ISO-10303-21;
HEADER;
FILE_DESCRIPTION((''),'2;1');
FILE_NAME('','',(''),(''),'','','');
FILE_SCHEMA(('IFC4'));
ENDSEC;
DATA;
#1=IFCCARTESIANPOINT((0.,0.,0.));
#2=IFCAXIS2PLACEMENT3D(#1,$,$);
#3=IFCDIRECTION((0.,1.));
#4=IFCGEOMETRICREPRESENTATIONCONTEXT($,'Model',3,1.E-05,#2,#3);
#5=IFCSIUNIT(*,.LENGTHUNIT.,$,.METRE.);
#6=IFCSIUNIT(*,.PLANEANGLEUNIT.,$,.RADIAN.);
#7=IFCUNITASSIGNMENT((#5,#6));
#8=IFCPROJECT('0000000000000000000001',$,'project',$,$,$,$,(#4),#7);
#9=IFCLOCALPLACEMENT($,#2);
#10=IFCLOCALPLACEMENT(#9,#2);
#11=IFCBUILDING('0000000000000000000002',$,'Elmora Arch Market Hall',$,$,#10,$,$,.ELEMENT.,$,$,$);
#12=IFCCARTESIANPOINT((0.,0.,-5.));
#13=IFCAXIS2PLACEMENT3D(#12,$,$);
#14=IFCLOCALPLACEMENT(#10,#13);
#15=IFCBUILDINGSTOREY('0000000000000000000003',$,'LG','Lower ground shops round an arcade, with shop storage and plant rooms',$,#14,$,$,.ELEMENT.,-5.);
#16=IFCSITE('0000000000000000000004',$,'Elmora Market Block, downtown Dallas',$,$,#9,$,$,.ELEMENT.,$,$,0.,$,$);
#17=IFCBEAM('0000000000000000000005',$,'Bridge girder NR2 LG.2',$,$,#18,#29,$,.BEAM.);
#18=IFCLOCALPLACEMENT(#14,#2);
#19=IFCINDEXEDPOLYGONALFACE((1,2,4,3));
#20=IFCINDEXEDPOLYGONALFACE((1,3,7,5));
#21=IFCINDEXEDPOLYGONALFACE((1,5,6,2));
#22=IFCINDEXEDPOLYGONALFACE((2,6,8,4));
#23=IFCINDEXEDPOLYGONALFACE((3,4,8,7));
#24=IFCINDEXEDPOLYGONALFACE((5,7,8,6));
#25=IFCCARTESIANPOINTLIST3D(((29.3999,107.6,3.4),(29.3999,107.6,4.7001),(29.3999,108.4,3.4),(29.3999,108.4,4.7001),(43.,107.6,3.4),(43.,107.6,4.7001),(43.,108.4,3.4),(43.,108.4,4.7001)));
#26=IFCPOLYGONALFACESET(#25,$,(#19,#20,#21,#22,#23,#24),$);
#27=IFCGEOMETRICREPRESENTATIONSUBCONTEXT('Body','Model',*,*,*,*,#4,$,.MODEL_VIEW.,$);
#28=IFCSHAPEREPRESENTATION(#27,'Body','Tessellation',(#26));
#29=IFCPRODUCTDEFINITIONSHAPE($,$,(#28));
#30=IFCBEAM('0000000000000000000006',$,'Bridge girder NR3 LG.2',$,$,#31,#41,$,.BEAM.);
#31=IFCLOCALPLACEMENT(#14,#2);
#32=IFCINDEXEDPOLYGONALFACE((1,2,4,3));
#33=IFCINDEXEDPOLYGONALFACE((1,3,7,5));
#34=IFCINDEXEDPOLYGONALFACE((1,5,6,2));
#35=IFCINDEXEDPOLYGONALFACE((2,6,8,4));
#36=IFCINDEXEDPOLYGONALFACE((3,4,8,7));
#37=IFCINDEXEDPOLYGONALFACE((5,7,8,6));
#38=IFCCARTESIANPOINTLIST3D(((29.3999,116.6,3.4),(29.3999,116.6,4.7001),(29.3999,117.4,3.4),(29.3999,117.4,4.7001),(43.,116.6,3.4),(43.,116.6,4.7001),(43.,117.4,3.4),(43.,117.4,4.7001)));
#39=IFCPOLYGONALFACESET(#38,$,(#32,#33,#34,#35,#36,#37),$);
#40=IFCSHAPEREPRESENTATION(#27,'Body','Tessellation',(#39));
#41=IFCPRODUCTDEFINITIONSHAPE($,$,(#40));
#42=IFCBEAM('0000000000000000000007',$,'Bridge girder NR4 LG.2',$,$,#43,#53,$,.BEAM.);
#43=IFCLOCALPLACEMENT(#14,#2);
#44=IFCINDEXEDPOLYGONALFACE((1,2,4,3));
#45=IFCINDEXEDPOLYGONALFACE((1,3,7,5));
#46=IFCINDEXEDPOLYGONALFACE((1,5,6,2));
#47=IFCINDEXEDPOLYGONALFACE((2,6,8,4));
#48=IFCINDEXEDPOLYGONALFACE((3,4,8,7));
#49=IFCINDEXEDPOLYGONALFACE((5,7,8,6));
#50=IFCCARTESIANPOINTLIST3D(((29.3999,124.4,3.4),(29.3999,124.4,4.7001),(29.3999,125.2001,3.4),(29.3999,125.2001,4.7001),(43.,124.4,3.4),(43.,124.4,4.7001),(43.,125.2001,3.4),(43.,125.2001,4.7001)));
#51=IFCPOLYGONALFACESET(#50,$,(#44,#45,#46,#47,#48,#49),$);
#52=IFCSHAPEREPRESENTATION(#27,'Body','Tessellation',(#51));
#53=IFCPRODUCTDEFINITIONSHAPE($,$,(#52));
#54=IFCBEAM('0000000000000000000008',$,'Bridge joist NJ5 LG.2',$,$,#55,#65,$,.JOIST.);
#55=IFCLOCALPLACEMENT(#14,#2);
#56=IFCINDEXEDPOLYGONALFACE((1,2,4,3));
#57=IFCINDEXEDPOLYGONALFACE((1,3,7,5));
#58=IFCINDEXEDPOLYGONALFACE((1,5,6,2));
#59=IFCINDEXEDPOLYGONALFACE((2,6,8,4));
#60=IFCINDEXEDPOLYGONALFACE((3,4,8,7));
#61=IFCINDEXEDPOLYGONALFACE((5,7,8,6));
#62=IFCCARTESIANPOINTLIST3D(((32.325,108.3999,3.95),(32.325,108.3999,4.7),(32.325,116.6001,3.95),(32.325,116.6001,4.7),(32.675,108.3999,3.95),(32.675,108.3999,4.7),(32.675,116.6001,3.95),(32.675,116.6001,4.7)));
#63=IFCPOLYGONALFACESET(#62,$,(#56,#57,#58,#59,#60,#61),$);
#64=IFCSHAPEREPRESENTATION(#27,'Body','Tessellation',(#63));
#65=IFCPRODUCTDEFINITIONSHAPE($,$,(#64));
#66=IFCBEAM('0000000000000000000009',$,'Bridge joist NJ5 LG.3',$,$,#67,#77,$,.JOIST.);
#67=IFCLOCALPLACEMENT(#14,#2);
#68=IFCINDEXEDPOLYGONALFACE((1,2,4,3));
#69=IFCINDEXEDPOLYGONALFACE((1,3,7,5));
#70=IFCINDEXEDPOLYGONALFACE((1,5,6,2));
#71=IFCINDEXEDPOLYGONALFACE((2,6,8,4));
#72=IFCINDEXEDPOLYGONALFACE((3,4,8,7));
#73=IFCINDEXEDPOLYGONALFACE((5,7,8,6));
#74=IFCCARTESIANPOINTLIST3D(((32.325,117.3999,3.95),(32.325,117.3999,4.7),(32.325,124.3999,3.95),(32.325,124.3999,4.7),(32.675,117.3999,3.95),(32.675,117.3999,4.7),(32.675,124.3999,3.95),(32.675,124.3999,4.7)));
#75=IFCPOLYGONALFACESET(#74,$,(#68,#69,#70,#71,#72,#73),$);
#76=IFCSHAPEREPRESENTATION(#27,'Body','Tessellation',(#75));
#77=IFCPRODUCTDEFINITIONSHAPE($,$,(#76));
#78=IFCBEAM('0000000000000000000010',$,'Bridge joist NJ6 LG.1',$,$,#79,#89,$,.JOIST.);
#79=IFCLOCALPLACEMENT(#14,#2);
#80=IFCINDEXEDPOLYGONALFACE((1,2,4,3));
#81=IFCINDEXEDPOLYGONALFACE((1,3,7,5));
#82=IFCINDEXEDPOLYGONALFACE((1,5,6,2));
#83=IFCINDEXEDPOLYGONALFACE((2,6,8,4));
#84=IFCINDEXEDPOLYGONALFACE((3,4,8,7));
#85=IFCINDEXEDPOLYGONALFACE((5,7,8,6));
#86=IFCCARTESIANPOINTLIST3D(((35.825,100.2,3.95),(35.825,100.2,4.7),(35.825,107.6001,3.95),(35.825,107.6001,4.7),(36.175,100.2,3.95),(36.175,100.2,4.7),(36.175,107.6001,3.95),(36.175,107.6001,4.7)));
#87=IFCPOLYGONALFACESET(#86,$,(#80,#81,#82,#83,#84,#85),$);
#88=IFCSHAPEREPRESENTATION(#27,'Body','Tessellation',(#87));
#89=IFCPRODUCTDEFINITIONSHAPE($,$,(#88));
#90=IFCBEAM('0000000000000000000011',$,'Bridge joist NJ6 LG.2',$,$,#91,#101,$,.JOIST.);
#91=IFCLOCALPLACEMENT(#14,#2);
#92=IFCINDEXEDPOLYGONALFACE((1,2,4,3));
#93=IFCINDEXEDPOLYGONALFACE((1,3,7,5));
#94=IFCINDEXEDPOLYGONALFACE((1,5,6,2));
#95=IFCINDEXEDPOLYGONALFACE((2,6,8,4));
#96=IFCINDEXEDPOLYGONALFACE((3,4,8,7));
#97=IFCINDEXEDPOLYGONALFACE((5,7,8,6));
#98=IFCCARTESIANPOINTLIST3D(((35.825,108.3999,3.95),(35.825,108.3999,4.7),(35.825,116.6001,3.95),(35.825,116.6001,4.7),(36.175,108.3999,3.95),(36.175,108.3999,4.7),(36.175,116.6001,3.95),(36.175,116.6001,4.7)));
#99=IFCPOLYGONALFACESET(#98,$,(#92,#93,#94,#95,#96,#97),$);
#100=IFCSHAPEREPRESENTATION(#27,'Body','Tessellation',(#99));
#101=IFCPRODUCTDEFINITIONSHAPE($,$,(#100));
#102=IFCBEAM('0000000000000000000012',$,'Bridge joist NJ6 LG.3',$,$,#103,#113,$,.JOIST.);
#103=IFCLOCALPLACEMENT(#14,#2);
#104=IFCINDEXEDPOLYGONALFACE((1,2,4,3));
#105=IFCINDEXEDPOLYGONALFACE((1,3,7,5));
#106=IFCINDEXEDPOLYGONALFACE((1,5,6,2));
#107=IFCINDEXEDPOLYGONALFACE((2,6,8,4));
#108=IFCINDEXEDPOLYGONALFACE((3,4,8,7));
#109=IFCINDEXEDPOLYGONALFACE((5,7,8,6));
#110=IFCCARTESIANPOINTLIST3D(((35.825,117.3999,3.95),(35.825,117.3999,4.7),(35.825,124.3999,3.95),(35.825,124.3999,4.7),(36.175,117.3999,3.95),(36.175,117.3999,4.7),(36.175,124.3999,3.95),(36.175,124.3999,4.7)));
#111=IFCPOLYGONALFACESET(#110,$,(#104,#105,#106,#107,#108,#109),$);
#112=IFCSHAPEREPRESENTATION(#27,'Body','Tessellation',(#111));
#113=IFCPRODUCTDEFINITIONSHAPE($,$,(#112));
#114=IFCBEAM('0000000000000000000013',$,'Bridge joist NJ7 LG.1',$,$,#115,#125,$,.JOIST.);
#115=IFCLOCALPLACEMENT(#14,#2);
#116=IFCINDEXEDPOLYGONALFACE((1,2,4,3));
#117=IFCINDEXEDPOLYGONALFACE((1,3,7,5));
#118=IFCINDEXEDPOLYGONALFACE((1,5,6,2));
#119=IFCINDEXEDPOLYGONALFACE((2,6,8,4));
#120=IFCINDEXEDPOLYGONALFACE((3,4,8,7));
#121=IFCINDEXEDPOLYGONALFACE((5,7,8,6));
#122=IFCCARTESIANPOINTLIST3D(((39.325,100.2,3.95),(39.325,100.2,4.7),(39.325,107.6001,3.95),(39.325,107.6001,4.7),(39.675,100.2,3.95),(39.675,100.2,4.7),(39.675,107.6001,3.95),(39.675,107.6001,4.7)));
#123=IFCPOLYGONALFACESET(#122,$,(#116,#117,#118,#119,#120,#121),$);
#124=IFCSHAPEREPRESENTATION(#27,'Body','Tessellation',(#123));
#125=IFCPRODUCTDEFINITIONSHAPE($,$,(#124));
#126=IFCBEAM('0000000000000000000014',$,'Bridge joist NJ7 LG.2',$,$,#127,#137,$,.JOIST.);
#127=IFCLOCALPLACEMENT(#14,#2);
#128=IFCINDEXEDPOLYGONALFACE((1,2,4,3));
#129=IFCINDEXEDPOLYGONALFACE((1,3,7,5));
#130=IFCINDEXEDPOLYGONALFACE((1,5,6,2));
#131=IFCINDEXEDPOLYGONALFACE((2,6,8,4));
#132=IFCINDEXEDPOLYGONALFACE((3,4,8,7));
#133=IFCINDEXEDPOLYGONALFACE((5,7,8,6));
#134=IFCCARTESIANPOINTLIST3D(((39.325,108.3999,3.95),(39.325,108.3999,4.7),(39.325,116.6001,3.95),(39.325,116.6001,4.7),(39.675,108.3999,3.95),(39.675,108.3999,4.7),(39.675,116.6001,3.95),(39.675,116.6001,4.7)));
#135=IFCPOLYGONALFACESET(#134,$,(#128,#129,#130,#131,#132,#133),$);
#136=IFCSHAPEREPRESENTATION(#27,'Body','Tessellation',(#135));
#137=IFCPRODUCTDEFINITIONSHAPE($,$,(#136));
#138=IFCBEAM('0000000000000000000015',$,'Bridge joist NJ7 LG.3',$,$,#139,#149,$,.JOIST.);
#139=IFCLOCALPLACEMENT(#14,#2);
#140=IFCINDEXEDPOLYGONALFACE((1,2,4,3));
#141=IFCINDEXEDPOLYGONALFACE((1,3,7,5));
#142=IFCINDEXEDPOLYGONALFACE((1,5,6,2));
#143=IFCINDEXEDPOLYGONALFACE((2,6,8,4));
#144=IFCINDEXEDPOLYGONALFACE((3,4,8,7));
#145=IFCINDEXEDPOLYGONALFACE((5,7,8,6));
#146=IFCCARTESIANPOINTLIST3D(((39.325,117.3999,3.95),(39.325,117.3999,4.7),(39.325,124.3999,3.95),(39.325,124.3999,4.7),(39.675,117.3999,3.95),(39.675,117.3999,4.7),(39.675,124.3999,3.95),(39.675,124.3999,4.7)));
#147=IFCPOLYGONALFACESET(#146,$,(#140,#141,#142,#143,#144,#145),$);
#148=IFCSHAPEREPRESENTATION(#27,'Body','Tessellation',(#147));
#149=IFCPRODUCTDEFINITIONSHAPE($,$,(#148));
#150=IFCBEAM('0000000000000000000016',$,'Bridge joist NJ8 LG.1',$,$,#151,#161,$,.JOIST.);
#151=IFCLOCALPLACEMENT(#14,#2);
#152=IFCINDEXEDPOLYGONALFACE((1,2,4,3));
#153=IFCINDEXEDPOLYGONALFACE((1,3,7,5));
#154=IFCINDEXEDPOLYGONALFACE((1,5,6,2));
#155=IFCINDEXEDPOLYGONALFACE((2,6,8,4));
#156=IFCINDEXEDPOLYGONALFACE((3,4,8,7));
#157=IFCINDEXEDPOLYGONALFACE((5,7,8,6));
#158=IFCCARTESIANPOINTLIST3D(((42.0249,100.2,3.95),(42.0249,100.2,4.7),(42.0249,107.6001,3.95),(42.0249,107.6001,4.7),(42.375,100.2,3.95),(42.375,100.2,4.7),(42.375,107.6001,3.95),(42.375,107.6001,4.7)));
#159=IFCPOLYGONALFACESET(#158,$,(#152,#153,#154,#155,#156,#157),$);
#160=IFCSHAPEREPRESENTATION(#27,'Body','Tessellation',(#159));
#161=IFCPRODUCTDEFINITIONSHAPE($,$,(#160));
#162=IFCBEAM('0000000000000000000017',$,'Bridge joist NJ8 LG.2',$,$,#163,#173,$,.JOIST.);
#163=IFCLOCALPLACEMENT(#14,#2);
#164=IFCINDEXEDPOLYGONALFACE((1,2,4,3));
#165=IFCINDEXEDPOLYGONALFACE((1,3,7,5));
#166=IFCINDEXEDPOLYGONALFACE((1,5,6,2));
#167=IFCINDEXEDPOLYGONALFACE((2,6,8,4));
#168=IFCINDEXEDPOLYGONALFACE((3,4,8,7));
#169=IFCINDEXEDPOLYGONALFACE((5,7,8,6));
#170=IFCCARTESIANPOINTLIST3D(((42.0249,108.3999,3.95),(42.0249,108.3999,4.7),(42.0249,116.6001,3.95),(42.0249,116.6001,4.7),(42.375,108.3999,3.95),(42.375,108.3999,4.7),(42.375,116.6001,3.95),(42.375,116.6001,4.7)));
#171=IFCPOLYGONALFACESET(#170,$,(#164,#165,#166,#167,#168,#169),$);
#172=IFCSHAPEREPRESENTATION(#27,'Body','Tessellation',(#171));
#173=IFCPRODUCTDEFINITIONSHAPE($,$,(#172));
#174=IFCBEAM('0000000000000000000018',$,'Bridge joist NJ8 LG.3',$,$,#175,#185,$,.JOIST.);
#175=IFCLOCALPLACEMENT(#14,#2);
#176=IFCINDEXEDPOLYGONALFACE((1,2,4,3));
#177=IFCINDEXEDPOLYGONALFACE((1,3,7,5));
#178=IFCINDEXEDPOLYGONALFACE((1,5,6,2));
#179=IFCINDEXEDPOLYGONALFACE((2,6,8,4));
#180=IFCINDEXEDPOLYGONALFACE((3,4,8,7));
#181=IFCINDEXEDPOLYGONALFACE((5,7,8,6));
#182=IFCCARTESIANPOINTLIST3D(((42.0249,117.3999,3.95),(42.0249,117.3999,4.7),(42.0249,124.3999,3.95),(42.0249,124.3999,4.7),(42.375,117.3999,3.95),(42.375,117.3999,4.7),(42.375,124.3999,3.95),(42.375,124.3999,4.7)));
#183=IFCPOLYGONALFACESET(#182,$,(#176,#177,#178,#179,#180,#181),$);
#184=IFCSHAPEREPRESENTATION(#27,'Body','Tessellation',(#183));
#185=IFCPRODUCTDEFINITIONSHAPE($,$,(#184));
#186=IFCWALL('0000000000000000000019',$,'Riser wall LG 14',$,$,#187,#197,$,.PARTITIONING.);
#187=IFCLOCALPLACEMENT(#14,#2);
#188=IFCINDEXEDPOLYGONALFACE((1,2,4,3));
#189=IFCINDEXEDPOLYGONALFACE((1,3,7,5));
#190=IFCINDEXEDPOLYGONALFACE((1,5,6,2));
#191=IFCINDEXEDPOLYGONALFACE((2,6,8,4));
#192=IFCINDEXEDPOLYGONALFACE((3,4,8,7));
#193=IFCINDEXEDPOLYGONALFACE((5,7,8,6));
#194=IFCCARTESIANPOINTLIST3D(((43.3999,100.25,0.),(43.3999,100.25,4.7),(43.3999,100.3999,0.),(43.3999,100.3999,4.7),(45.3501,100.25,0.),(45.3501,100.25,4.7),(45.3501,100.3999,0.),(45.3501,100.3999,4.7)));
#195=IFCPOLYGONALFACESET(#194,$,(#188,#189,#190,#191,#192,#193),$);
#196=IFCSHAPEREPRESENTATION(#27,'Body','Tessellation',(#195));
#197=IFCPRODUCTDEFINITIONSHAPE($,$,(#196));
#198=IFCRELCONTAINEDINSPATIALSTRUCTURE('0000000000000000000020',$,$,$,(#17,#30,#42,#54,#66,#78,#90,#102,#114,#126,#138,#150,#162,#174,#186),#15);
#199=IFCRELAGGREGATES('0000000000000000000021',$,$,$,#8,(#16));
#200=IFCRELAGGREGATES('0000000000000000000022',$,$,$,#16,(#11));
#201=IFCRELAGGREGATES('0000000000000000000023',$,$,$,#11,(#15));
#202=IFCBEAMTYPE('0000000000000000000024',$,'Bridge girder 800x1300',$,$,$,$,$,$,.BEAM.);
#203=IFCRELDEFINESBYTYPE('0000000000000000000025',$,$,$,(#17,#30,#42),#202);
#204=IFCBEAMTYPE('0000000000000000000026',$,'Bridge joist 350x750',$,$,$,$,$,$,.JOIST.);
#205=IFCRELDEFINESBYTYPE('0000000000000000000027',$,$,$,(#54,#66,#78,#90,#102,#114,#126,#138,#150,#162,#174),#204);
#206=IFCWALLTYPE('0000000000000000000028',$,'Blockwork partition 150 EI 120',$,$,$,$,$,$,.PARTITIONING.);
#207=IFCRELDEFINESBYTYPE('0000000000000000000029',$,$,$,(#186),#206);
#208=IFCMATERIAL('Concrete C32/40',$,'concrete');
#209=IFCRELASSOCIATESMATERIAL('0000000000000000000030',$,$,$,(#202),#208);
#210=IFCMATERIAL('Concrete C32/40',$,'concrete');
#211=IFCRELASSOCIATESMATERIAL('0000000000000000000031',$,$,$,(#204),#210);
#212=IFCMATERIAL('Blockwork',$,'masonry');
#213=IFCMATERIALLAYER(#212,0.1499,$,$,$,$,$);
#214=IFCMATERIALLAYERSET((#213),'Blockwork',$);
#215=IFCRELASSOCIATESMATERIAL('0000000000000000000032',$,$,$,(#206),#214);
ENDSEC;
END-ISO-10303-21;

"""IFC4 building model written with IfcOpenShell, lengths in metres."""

from ifc_helpers import new_model, si_unit, direction, frame, frame_2d, origin, origin_2d, place, context, subcontext, project, spatial, rectangle, extrude, material, layer, layer_set, material_profile, profile_set, type_object, element, save


model = new_model("IFC4")

# Units and contexts
model_context = context("Model", 3, precision=1e-05, world=origin(), true_north=direction((0.0, 1.0)))
body_context = subcontext(model_context, "Body", "Model", "MODEL_VIEW")
ifc_project = project(units=[si_unit("LENGTHUNIT", "METRE"), si_unit("PLANEANGLEUNIT", "RADIAN")], contexts=[model_context])

# Site, building, storey
site_placement = place(None, origin())
site = spatial("IfcSite", under=ifc_project, at=site_placement, Name="Elmora Market Block, downtown Dallas", CompositionType="ELEMENT", RefElevation=0.0)
building_placement = place(site_placement, origin())
building = spatial("IfcBuilding", under=site, at=building_placement, Name="Elmora Arch Market Hall", CompositionType="ELEMENT")
storey_placement = place(building_placement, frame((0.0, 0.0, -5.0)))
storey = spatial("IfcBuildingStorey", under=building, at=storey_placement, Name="LG", Description="Lower ground shops round an arcade, with shop storage and plant rooms", CompositionType="ELEMENT", Elevation=-5.0)

# Beams
ifc_material_1 = material(Name="Concrete C32/40", Category="concrete")
ifc_material_profile_1 = material_profile(ifc_material_1, rectangle(XDim=0.8, YDim=1.3, at=origin_2d()), Name="Bridge girder 800x1300")
ifc_profile_set_1 = profile_set([ifc_material_profile_1], Name="Concrete C32/40")
beam_type_1 = type_object("IfcBeamType", Name="Bridge girder 800x1300", PredefinedType="BEAM", material=ifc_profile_set_1)
for number, where, z_axis, x_axis, name in (
    (1, (29.3999, 108.0, 4.05), (1.0, 0.0, 0.0), (0.0, 1.0, 0.0), "Bridge girder NR2 LG.2"),
    (2, (29.3999, 117.0, 4.05), (1.0, 0.0, 0.0), (0.0, 1.0, 0.0), "Bridge girder NR3 LG.2"),
    (3, (29.3999, 124.8, 4.05), (1.0, 0.0, 0.0), (0.0, 1.0, 0.0), "Bridge girder NR4 LG.2"),
):
    element("IfcBeam", number, at=place(storey_placement, frame(where, z_axis=z_axis, x_axis=x_axis)), inside=storey, type_object=beam_type_1, Name=name, PredefinedType="BEAM", context=body_context, shape_type="SweptSolid", body=[
        extrude(rectangle(XDim=0.8, YDim=1.3, at=origin_2d()), origin(), (0.0, 0.0, 1.0), 13.6001),
    ])
ifc_material_2 = material(Name="Concrete C32/40", Category="concrete")
ifc_material_profile_2 = material_profile(ifc_material_2, rectangle(XDim=0.3501, YDim=0.75, at=origin_2d()), Name="Bridge joist 350x750")
ifc_profile_set_2 = profile_set([ifc_material_profile_2], Name="Concrete C32/40")
beam_type_2 = type_object("IfcBeamType", Name="Bridge joist 350x750", PredefinedType="JOIST", material=ifc_profile_set_2)
beam_1_placement = place(storey_placement, frame((32.5, 108.3999, 4.325), z_axis=(0.0, 1.0, 0.0), x_axis=(-1.0, 0.0, 0.0)))
element("IfcBeam", 4, at=beam_1_placement, inside=storey, type_object=beam_type_2, Name="Bridge joist NJ5 LG.2", PredefinedType="JOIST", context=body_context, shape_type="SweptSolid", body=[
    extrude(rectangle(XDim=0.3501, YDim=0.75, at=origin_2d()), origin(), (0.0, 0.0, 1.0), 8.2002),
])
beam_2_placement = place(storey_placement, frame((32.5, 117.3999, 4.325), z_axis=(0.0, 1.0, 0.0), x_axis=(-1.0, 0.0, 0.0)))
element("IfcBeam", 5, at=beam_2_placement, inside=storey, type_object=beam_type_2, Name="Bridge joist NJ5 LG.3", PredefinedType="JOIST", context=body_context, shape_type="SweptSolid", body=[
    extrude(rectangle(XDim=0.3501, YDim=0.75, at=origin_2d()), origin(), (0.0, 0.0, 1.0), 7.0),
])
beam_3_placement = place(storey_placement, frame((36.0, 100.2, 4.325), z_axis=(0.0, 1.0, 0.0), x_axis=(-1.0, 0.0, 0.0)))
element("IfcBeam", 6, at=beam_3_placement, inside=storey, type_object=beam_type_2, Name="Bridge joist NJ6 LG.1", PredefinedType="JOIST", context=body_context, shape_type="SweptSolid", body=[
    extrude(rectangle(XDim=0.3501, YDim=0.75, at=origin_2d()), origin(), (0.0, 0.0, 1.0), 7.4001),
])
beam_4_placement = place(storey_placement, frame((36.0, 108.3999, 4.325), z_axis=(0.0, 1.0, 0.0), x_axis=(-1.0, 0.0, 0.0)))
element("IfcBeam", 7, at=beam_4_placement, inside=storey, type_object=beam_type_2, Name="Bridge joist NJ6 LG.2", PredefinedType="JOIST", context=body_context, shape_type="SweptSolid", body=[
    extrude(rectangle(XDim=0.3501, YDim=0.75, at=origin_2d()), origin(), (0.0, 0.0, 1.0), 8.2002),
])
beam_5_placement = place(storey_placement, frame((36.0, 117.3999, 4.325), z_axis=(0.0, 1.0, 0.0), x_axis=(-1.0, 0.0, 0.0)))
element("IfcBeam", 8, at=beam_5_placement, inside=storey, type_object=beam_type_2, Name="Bridge joist NJ6 LG.3", PredefinedType="JOIST", context=body_context, shape_type="SweptSolid", body=[
    extrude(rectangle(XDim=0.3501, YDim=0.75, at=origin_2d()), origin(), (0.0, 0.0, 1.0), 7.0),
])
beam_6_placement = place(storey_placement, frame((39.5, 100.2, 4.325), z_axis=(0.0, 1.0, 0.0), x_axis=(-1.0, 0.0, 0.0)))
element("IfcBeam", 9, at=beam_6_placement, inside=storey, type_object=beam_type_2, Name="Bridge joist NJ7 LG.1", PredefinedType="JOIST", context=body_context, shape_type="SweptSolid", body=[
    extrude(rectangle(XDim=0.3501, YDim=0.75, at=origin_2d()), origin(), (0.0, 0.0, 1.0), 7.4001),
])
beam_7_placement = place(storey_placement, frame((39.5, 108.3999, 4.325), z_axis=(0.0, 1.0, 0.0), x_axis=(-1.0, 0.0, 0.0)))
element("IfcBeam", 10, at=beam_7_placement, inside=storey, type_object=beam_type_2, Name="Bridge joist NJ7 LG.2", PredefinedType="JOIST", context=body_context, shape_type="SweptSolid", body=[
    extrude(rectangle(XDim=0.3501, YDim=0.75, at=origin_2d()), origin(), (0.0, 0.0, 1.0), 8.2002),
])
beam_8_placement = place(storey_placement, frame((39.5, 117.3999, 4.325), z_axis=(0.0, 1.0, 0.0), x_axis=(-1.0, 0.0, 0.0)))
element("IfcBeam", 11, at=beam_8_placement, inside=storey, type_object=beam_type_2, Name="Bridge joist NJ7 LG.3", PredefinedType="JOIST", context=body_context, shape_type="SweptSolid", body=[
    extrude(rectangle(XDim=0.3501, YDim=0.75, at=origin_2d()), origin(), (0.0, 0.0, 1.0), 7.0),
])
beam_9_placement = place(storey_placement, frame((42.2, 100.2, 4.325), z_axis=(0.0, 1.0, 0.0), x_axis=(-1.0, 0.0, 0.0)))
element("IfcBeam", 12, at=beam_9_placement, inside=storey, type_object=beam_type_2, Name="Bridge joist NJ8 LG.1", PredefinedType="JOIST", context=body_context, shape_type="SweptSolid", body=[
    extrude(rectangle(XDim=0.3501, YDim=0.75, at=origin_2d()), origin(), (0.0, 0.0, 1.0), 7.4001),
])
beam_10_placement = place(storey_placement, frame((42.2, 108.3999, 4.325), z_axis=(0.0, 1.0, 0.0), x_axis=(-1.0, 0.0, 0.0)))
element("IfcBeam", 13, at=beam_10_placement, inside=storey, type_object=beam_type_2, Name="Bridge joist NJ8 LG.2", PredefinedType="JOIST", context=body_context, shape_type="SweptSolid", body=[
    extrude(rectangle(XDim=0.3501, YDim=0.75, at=origin_2d()), origin(), (0.0, 0.0, 1.0), 8.2002),
])
beam_11_placement = place(storey_placement, frame((42.2, 117.3999, 4.325), z_axis=(0.0, 1.0, 0.0), x_axis=(-1.0, 0.0, 0.0)))
element("IfcBeam", 14, at=beam_11_placement, inside=storey, type_object=beam_type_2, Name="Bridge joist NJ8 LG.3", PredefinedType="JOIST", context=body_context, shape_type="SweptSolid", body=[
    extrude(rectangle(XDim=0.3501, YDim=0.75, at=origin_2d()), origin(), (0.0, 0.0, 1.0), 7.0),
])

# Wall
ifc_material_3 = material(Name="Blockwork", Category="masonry")
ifc_layer_1 = layer(ifc_material_3, 0.1499)
ifc_layer_set_1 = layer_set([ifc_layer_1], Name="Blockwork")
wall_type_1 = type_object("IfcWallType", Name="Blockwork partition 150 EI 120", PredefinedType="PARTITIONING", material=ifc_layer_set_1)
wall_1_placement = place(storey_placement, frame((43.3999, 100.325, 0.0), z_axis=(0.0, 0.0, 1.0), x_axis=(1.0, 0.0, 0.0)))
element("IfcWall", 15, at=wall_1_placement, inside=storey, type_object=wall_type_1, Name="Riser wall LG 14", PredefinedType="PARTITIONING", context=body_context, shape_type="SweptSolid", body=[
    extrude(rectangle(XDim=1.9502, YDim=0.1499, at=frame_2d((0.9751, 0.0))), origin(), (0.0, 0.0, 1.0), 4.7),
])

save(model, "model.ifc")
